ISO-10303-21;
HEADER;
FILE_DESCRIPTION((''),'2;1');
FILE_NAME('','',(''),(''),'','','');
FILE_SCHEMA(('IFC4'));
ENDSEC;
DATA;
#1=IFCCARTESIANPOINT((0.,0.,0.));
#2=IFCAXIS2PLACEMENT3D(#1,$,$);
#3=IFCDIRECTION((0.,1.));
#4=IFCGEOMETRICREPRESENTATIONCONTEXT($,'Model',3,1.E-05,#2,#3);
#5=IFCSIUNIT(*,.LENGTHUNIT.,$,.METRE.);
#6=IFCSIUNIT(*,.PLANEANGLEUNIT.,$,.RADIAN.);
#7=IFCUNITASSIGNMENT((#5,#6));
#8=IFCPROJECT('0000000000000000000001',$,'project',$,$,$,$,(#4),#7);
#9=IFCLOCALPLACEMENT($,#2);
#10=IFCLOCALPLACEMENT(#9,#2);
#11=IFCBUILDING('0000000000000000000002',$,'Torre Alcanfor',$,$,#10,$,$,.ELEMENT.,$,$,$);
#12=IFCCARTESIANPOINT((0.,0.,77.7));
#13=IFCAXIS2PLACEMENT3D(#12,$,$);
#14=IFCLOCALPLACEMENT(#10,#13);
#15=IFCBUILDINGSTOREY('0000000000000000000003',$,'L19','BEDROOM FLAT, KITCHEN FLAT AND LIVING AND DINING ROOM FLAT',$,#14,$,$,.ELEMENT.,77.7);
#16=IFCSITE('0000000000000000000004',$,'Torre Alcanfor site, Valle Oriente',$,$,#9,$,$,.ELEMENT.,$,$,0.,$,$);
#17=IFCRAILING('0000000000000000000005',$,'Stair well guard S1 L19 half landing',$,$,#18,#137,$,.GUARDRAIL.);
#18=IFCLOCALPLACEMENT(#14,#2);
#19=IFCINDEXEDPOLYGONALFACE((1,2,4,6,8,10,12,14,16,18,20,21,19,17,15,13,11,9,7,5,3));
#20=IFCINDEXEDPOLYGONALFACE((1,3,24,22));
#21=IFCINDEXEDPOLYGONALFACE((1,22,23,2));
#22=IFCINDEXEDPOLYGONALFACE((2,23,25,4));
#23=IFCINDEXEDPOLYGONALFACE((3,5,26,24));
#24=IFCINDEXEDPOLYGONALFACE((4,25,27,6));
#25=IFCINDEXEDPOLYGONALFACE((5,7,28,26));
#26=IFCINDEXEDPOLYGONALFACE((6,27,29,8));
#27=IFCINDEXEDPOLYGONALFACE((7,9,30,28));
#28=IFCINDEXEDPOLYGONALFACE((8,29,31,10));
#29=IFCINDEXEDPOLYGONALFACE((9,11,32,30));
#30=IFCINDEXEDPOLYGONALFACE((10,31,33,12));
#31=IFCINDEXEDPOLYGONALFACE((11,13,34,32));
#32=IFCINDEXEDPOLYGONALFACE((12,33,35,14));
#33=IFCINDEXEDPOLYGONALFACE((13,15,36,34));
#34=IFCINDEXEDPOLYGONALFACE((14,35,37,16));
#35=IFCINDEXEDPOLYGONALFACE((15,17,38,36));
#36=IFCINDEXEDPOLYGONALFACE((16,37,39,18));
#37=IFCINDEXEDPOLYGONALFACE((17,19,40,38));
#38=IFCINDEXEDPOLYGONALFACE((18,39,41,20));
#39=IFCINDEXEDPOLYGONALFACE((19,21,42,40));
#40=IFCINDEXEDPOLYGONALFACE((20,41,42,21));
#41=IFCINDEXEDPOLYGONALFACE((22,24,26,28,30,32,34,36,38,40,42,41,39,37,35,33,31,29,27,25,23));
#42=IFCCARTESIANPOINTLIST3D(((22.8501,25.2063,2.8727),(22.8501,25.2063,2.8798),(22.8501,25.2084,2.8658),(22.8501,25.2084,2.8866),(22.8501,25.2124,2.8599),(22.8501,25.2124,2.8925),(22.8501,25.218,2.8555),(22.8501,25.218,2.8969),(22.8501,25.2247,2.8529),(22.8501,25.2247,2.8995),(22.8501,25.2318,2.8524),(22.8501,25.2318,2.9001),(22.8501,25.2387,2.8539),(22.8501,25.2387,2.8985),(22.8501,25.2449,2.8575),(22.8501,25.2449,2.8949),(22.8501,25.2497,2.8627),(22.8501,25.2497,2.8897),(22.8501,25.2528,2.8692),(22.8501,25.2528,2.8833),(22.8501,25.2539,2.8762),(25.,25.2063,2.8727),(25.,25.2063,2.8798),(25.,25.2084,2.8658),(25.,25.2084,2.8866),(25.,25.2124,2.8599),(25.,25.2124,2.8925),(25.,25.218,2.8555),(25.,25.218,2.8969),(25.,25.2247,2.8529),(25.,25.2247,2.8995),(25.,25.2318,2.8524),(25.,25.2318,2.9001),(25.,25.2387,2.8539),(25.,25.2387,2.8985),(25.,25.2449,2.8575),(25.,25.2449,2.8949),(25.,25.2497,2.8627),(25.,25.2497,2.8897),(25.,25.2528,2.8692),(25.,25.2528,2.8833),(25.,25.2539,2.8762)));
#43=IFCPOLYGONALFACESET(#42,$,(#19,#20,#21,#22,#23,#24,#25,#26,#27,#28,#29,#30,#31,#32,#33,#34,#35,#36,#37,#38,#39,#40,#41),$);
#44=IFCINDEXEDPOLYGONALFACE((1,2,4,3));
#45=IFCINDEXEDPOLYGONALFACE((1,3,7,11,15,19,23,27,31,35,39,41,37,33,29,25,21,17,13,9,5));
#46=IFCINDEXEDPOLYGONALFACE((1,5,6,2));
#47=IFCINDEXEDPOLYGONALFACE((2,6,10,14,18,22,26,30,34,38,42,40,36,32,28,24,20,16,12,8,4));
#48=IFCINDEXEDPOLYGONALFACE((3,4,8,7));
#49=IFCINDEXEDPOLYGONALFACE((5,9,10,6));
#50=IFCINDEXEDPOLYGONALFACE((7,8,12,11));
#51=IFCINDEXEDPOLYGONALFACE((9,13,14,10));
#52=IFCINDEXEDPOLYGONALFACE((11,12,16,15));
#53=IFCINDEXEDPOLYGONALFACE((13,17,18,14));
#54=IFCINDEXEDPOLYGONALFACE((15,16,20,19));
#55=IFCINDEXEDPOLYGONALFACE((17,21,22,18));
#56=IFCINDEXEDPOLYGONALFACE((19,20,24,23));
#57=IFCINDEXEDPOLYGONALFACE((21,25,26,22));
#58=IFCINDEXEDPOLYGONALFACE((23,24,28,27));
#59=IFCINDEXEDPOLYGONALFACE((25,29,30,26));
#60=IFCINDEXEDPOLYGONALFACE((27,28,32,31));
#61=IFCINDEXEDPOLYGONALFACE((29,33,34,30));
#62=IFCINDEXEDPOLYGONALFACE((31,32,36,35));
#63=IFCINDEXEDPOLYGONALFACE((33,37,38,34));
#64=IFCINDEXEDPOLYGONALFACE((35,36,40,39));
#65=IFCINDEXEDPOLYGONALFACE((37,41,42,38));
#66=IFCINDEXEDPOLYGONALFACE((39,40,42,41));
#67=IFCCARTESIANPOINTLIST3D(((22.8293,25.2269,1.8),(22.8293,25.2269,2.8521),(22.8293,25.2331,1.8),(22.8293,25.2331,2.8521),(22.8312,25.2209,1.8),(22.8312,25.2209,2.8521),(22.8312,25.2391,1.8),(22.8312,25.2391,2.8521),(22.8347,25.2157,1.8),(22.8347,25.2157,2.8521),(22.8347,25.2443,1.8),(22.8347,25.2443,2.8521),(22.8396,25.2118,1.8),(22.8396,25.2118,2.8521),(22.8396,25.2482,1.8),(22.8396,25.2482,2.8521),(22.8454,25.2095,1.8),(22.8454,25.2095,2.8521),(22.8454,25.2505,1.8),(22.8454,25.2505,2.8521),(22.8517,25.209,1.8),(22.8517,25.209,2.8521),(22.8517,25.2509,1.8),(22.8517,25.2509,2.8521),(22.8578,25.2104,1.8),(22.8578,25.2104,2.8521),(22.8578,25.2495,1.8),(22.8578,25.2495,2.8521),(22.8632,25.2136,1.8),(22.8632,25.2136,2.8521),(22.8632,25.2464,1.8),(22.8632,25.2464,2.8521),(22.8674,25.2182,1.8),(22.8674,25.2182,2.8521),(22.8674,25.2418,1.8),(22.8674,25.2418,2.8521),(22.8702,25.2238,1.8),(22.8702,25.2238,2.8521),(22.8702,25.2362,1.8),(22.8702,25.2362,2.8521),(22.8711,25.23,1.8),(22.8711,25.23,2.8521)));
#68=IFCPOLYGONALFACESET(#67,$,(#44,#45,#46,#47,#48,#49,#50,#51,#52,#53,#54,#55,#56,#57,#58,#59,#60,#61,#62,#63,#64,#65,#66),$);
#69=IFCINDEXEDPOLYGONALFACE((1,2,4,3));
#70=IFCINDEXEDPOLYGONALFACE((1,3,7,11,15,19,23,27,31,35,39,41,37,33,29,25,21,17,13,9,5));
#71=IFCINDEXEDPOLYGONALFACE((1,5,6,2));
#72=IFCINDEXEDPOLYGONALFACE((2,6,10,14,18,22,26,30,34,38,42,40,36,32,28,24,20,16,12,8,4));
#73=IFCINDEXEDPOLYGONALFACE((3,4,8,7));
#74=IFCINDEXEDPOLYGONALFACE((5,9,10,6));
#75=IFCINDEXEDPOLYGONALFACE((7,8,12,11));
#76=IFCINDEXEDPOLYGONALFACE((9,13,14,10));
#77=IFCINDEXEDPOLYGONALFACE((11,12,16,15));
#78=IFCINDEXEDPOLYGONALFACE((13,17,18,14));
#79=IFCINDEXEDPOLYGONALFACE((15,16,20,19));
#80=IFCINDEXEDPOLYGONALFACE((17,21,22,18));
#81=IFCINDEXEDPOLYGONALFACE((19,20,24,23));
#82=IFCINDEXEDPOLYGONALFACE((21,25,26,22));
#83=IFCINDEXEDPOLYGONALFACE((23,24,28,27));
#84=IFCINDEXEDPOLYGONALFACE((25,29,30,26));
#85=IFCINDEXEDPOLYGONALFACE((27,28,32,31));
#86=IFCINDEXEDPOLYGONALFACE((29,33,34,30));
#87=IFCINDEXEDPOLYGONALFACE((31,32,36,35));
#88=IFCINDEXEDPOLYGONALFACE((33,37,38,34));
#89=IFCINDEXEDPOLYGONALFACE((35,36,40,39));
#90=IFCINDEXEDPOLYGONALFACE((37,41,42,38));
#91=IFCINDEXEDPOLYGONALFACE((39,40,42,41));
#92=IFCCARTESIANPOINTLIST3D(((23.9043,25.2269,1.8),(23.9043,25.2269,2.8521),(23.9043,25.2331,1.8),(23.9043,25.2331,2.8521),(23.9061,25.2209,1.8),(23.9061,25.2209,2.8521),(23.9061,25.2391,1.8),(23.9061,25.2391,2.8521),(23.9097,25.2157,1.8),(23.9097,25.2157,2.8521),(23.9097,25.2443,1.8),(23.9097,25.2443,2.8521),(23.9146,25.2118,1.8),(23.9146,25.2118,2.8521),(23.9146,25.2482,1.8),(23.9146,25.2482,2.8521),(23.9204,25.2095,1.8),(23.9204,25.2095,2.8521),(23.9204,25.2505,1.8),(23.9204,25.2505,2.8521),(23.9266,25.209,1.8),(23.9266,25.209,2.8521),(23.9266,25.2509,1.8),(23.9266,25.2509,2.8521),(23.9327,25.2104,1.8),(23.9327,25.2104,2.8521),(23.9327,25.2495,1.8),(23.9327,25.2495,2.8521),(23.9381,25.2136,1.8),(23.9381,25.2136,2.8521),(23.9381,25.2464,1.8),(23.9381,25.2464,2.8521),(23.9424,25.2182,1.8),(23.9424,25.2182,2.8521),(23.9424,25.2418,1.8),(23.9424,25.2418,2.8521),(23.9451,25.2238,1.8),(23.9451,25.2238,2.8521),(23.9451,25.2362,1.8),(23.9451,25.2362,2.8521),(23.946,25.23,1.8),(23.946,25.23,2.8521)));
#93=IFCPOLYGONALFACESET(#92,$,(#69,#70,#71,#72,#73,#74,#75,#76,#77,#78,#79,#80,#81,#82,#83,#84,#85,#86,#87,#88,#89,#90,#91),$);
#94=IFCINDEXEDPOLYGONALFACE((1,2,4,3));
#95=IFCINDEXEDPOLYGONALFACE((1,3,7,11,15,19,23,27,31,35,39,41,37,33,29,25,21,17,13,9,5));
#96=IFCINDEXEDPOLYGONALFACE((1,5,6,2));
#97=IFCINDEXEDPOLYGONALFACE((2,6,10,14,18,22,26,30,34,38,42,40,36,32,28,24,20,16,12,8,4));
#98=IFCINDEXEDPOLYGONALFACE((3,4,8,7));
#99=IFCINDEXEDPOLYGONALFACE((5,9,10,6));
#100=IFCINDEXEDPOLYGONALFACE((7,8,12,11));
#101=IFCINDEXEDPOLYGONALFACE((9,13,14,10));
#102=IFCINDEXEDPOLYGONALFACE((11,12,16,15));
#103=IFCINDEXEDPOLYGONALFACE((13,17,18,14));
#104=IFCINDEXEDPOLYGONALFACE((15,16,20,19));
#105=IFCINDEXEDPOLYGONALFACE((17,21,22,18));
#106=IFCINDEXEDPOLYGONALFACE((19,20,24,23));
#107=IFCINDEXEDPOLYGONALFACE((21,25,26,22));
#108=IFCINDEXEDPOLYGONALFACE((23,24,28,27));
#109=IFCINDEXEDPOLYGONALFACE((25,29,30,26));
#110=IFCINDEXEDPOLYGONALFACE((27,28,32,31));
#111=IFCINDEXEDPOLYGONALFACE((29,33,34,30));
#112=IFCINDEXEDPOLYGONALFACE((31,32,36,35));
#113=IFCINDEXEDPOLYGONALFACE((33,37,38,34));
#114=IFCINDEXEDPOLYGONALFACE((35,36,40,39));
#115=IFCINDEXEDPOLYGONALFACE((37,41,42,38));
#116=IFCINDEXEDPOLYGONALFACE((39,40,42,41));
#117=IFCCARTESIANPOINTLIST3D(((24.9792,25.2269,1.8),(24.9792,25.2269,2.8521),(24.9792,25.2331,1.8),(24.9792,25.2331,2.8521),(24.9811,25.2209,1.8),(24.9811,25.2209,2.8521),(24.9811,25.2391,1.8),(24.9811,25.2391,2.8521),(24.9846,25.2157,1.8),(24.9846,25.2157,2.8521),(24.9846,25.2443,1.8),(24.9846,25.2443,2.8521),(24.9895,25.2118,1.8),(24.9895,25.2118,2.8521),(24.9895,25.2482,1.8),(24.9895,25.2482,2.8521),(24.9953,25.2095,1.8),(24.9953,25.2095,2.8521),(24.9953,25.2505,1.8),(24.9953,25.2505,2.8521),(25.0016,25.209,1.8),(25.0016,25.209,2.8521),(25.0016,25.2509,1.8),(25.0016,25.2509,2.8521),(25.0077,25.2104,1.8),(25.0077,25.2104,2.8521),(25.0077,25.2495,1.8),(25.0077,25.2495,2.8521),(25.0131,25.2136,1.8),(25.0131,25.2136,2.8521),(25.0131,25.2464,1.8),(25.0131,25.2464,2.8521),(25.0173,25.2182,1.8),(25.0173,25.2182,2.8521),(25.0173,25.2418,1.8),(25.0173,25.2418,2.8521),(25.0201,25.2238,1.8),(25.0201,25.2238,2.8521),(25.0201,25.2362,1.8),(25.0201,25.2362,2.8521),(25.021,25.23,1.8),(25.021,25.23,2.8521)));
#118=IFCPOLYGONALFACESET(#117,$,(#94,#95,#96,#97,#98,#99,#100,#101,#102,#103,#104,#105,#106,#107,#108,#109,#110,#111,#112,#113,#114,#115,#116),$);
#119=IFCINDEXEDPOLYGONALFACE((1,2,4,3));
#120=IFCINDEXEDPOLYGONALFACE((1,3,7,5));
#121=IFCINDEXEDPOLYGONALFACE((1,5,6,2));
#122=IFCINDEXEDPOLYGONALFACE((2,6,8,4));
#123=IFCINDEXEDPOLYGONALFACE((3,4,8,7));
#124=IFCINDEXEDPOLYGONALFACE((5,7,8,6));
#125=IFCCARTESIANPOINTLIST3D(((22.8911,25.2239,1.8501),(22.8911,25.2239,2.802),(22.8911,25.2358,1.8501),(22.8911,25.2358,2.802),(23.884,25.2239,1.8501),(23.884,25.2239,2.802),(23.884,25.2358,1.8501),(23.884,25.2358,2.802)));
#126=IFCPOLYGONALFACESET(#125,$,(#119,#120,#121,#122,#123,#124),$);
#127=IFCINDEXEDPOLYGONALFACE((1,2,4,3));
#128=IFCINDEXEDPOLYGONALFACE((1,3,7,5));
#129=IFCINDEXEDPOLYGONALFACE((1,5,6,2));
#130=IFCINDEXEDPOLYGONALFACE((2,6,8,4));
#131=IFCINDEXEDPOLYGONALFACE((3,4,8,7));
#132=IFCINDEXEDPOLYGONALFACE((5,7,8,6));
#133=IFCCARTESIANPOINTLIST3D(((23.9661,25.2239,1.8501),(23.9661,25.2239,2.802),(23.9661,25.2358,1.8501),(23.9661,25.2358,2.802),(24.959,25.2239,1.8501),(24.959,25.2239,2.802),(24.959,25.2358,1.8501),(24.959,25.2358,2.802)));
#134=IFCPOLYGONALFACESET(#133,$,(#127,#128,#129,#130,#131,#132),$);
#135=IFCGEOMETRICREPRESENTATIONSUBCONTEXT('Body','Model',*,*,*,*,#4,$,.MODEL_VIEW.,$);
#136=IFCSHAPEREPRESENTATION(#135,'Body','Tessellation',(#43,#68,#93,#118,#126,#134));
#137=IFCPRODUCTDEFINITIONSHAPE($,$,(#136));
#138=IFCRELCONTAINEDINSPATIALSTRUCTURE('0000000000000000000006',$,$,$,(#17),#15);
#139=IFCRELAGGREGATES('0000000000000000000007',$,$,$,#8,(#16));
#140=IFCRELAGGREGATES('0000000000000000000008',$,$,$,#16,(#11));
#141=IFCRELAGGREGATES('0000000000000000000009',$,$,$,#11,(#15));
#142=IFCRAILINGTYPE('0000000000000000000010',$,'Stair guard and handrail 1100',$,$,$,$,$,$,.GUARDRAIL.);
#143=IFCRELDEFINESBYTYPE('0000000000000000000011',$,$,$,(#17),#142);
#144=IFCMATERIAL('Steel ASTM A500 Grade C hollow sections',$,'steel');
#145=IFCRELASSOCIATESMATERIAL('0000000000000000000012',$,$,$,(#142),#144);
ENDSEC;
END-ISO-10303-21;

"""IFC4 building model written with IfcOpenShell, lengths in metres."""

from ifc_helpers import new_model, si_unit, direction, frame, origin, origin_2d, place, context, subcontext, project, spatial, polyline, circle, outline, extrude, material, type_object, element, save


model = new_model("IFC4")

# Units and contexts
model_context = context("Model", 3, precision=1e-05, world=origin(), true_north=direction((0.0, 1.0)))
body_context = subcontext(model_context, "Body", "Model", "MODEL_VIEW")
ifc_project = project(units=[si_unit("LENGTHUNIT", "METRE"), si_unit("PLANEANGLEUNIT", "RADIAN")], contexts=[model_context])

# Site, building, storey
site_placement = place(None, origin())
site = spatial("IfcSite", under=ifc_project, at=site_placement, Name="Torre Alcanfor site, Valle Oriente", CompositionType="ELEMENT", RefElevation=0.0)
building_placement = place(site_placement, origin())
building = spatial("IfcBuilding", under=site, at=building_placement, Name="Torre Alcanfor", CompositionType="ELEMENT")
storey_placement = place(building_placement, frame((0.0, 0.0, 77.7)))
storey = spatial("IfcBuildingStorey", under=building, at=storey_placement, Name="L19", Description="BEDROOM FLAT, KITCHEN FLAT AND LIVING AND DINING ROOM FLAT", CompositionType="ELEMENT", Elevation=77.7)

# Railing
ifc_material_1 = material(Name="Steel ASTM A500 Grade C hollow sections", Category="steel")
railing_type_1 = type_object("IfcRailingType", Name="Stair guard and handrail 1100", PredefinedType="GUARDRAIL", material=ifc_material_1)
railing_1_placement = place(storey_placement, frame((22.8501, 25.23, 1.8)))
element("IfcRailing", 1, at=railing_1_placement, inside=storey, type_object=railing_type_1, Name="Stair well guard S1 L19 half landing", PredefinedType="GUARDRAIL", context=body_context, shape_type="SweptSolid", body=[
    extrude(circle(Radius=0.0239, at=origin_2d()), frame((0.0, 0.0, 1.0762), z_axis=(1.0, 0.0, 0.0), x_axis=(0.0, 1.0, 0.0)), (0.0, 0.0, 1.0), 2.1499),
    extrude(circle(Radius=0.021, at=origin_2d()), origin(), (0.0, 0.0, 1.0), 1.052),
    extrude(circle(Radius=0.021, at=origin_2d()), frame((1.075, 0.0, 0.0)), (0.0, 0.0, 1.0), 1.052),
    extrude(circle(Radius=0.021, at=origin_2d()), frame((2.1499, 0.0, 0.0)), (0.0, 0.0, 1.0), 1.052),
    extrude(outline(polyline([(0.041, 0.05), (1.0339, 0.05), (1.0339, 1.002), (0.041, 1.002), (0.041, 0.05)])), frame((0.0, 0.0059, 0.0), z_axis=(0.0, -1.0, 0.0), x_axis=(1.0, 0.0, 0.0)), (0.0, 0.0, 1.0), 0.012),
    extrude(outline(polyline([(1.116, 0.05), (2.1089, 0.05), (2.1089, 1.002), (1.116, 1.002), (1.116, 0.05)])), frame((0.0, 0.0059, 0.0), z_axis=(0.0, -1.0, 0.0), x_axis=(1.0, 0.0, 0.0)), (0.0, 0.0, 1.0), 0.012),
])

save(model, "model.ifc")
